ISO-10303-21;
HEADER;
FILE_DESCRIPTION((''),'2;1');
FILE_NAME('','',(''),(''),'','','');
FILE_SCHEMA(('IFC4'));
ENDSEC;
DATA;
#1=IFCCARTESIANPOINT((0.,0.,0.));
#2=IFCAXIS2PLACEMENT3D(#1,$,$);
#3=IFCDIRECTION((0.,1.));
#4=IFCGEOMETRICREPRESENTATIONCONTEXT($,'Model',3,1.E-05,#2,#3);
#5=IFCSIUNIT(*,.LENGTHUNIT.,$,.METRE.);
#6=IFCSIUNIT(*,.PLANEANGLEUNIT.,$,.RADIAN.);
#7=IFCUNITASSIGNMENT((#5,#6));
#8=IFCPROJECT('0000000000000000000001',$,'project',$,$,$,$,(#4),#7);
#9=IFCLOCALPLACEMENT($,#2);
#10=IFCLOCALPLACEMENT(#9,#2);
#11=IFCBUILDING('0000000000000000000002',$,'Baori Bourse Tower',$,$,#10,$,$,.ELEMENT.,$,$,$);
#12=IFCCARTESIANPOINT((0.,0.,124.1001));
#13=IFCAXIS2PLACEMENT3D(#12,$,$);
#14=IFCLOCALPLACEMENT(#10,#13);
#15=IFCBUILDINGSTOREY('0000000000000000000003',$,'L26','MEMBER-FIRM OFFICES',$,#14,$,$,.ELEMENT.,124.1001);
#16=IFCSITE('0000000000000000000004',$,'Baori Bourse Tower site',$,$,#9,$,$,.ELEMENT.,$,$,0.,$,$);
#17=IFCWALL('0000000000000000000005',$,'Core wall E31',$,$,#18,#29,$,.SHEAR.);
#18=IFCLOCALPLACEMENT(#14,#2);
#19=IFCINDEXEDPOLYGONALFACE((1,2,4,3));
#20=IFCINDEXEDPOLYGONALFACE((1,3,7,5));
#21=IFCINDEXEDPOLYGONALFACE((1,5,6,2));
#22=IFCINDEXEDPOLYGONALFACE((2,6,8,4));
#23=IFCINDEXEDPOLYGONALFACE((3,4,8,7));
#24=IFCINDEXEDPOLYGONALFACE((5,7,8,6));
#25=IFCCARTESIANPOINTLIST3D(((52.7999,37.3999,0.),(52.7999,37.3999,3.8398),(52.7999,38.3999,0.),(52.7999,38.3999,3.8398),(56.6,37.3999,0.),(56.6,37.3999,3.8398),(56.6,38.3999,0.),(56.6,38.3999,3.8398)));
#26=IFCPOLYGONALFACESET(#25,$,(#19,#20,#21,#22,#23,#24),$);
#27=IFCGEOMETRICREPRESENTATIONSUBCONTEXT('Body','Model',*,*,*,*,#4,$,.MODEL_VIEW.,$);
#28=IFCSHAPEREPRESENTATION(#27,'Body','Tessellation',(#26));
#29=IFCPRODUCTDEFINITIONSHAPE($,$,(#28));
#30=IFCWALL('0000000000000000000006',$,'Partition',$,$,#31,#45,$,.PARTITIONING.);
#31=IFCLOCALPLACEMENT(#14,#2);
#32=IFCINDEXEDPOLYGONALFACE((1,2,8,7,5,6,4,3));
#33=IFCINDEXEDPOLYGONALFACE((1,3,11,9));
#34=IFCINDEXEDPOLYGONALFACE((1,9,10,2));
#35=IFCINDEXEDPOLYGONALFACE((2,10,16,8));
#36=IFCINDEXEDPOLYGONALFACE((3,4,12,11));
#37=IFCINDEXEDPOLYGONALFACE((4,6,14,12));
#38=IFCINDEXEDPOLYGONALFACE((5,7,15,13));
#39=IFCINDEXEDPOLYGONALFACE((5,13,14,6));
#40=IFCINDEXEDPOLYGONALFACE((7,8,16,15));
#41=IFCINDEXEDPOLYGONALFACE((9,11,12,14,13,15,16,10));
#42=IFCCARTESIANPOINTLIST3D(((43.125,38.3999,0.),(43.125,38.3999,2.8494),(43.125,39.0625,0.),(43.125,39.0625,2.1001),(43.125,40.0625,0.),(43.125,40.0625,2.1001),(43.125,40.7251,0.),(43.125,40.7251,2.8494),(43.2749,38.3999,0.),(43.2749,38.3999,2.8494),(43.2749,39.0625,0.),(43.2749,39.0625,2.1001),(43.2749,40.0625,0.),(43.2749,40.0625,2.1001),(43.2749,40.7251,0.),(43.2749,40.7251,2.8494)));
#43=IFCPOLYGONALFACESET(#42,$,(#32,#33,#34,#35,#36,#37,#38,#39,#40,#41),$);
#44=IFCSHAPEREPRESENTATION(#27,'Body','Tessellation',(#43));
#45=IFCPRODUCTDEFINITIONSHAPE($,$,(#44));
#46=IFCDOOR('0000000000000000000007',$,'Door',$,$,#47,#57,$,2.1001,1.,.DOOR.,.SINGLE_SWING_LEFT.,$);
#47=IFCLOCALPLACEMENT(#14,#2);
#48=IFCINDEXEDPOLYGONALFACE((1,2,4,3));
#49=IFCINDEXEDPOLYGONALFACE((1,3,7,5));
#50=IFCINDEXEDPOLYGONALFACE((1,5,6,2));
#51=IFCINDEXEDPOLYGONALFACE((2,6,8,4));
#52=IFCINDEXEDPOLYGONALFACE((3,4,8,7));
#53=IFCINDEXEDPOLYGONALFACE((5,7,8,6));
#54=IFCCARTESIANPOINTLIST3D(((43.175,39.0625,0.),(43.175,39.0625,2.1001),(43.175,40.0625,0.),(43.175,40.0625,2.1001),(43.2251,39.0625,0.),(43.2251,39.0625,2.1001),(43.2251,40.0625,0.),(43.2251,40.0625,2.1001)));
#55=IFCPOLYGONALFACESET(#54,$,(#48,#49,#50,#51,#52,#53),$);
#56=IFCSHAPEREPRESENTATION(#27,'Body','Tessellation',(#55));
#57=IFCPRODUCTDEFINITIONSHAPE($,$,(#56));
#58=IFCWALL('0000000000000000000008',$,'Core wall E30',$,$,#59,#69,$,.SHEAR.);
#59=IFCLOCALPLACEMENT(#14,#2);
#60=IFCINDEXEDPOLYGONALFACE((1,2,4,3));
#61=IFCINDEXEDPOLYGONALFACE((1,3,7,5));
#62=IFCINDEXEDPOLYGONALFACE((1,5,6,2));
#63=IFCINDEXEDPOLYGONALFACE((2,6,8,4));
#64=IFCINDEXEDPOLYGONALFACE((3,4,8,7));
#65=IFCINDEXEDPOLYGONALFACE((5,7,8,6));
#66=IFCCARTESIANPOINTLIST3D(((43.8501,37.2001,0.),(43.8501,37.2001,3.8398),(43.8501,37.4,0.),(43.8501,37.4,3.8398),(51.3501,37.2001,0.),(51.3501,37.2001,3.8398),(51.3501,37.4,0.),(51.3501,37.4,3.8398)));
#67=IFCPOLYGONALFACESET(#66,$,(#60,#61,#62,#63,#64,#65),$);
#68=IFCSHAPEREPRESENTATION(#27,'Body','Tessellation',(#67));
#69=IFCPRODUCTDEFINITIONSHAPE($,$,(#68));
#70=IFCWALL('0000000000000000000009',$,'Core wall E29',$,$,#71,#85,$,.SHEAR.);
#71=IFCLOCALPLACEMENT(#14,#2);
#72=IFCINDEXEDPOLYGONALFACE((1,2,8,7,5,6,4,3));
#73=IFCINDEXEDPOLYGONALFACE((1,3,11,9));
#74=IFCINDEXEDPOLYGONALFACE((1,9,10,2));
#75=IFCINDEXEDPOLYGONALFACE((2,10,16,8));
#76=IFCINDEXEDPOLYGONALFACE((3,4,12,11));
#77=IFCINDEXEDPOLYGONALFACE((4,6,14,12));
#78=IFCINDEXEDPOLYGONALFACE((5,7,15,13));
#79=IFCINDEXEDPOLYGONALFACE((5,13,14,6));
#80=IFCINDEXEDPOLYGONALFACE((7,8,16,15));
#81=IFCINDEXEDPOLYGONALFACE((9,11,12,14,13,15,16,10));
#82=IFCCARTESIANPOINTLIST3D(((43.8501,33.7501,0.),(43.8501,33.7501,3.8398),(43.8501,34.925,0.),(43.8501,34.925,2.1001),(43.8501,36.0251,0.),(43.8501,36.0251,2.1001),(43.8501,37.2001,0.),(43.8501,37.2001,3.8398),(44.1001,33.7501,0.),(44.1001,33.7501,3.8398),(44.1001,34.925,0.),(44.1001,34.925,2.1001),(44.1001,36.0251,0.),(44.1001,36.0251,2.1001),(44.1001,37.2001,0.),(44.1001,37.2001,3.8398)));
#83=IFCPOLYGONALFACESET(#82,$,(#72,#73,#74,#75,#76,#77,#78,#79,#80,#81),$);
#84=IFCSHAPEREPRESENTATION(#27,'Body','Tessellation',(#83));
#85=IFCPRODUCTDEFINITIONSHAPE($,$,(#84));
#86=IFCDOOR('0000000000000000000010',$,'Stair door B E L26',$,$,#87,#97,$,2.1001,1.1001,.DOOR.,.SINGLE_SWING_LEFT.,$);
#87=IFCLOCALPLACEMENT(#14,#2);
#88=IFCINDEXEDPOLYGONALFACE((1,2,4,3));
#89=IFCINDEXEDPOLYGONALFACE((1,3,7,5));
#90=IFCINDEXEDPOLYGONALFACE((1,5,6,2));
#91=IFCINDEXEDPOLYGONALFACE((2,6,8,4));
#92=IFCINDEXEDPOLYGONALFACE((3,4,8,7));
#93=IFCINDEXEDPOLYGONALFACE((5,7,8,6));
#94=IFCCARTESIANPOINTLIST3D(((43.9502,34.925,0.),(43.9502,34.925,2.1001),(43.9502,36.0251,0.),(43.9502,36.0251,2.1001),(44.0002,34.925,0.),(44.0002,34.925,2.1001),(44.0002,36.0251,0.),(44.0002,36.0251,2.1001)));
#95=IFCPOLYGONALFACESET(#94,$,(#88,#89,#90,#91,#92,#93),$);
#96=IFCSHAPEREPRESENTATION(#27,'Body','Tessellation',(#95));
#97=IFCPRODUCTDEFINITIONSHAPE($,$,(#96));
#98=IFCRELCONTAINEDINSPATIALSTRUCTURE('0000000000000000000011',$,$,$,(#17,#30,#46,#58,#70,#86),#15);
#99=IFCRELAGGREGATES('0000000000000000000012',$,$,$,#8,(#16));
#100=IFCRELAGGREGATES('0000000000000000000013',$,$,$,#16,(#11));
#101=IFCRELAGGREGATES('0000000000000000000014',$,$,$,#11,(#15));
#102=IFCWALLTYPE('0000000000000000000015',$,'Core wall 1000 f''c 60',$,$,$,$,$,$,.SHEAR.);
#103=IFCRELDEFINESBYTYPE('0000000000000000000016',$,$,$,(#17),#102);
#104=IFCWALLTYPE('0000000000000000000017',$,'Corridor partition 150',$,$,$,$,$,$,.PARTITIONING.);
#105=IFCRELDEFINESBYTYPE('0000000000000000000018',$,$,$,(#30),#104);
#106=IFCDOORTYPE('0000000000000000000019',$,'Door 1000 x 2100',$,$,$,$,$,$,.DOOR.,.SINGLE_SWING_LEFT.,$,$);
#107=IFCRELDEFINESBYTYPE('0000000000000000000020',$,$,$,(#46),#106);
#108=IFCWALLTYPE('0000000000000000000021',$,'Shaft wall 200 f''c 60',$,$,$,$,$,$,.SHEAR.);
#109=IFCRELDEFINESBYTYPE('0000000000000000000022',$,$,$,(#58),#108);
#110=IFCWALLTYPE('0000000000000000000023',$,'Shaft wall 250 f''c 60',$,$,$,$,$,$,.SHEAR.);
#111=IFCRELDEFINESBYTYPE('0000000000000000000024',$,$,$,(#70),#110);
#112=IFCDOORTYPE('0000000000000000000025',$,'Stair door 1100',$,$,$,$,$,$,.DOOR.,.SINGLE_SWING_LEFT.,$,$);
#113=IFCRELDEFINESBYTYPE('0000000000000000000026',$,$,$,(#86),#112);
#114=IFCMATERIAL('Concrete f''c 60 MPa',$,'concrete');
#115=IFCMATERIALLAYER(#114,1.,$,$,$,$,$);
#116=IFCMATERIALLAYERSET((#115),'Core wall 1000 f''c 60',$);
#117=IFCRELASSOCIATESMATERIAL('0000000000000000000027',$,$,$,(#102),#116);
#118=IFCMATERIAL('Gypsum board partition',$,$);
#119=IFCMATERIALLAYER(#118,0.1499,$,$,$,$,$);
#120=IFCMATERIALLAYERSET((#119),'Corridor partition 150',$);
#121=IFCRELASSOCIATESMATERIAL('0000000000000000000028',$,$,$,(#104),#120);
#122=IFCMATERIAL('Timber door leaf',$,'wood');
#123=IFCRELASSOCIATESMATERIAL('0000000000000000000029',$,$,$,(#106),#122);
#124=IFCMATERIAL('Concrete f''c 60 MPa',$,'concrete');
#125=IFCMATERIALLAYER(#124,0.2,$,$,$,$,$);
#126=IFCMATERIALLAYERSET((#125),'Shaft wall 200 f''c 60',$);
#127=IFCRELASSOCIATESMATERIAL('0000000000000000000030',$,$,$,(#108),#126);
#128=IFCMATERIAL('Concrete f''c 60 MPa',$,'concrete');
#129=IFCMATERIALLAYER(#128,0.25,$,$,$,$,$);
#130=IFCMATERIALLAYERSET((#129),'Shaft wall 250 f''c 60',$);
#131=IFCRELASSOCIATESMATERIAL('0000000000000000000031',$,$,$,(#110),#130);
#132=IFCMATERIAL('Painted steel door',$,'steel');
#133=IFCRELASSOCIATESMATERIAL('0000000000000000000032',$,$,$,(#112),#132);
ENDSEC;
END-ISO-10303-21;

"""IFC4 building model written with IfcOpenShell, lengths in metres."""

from ifc_helpers import new_model, si_unit, direction, frame, frame_2d, origin, place, context, subcontext, project, spatial, rectangle, extrude, material, layer, layer_set, type_object, element, fill, save


model = new_model("IFC4")

# Units and contexts
model_context = context("Model", 3, precision=1e-05, world=origin(), true_north=direction((0.0, 1.0)))
body_context = subcontext(model_context, "Body", "Model", "MODEL_VIEW")
ifc_project = project(units=[si_unit("LENGTHUNIT", "METRE"), si_unit("PLANEANGLEUNIT", "RADIAN")], contexts=[model_context])

# Site, building, storey
site_placement = place(None, origin())
site = spatial("IfcSite", under=ifc_project, at=site_placement, Name="Baori Bourse Tower site", CompositionType="ELEMENT", RefElevation=0.0)
building_placement = place(site_placement, origin())
building = spatial("IfcBuilding", under=site, at=building_placement, Name="Baori Bourse Tower", CompositionType="ELEMENT")
storey_placement = place(building_placement, frame((0.0, 0.0, 124.1001)))
storey = spatial("IfcBuildingStorey", under=building, at=storey_placement, Name="L26", Description="MEMBER-FIRM OFFICES", CompositionType="ELEMENT", Elevation=124.1001)

# Wall
ifc_material_1 = material(Name="Concrete f'c 60 MPa", Category="concrete")
ifc_layer_1 = layer(ifc_material_1, 1.0)
ifc_layer_set_1 = layer_set([ifc_layer_1], Name="Core wall 1000 f'c 60")
wall_type_1 = type_object("IfcWallType", Name="Core wall 1000 f'c 60", PredefinedType="SHEAR", material=ifc_layer_set_1)
wall_1_placement = place(storey_placement, frame((52.8, 37.8999, 0.0), z_axis=(0.0, 0.0, 1.0), x_axis=(1.0, 0.0, 0.0)))
element("IfcWall", 1, at=wall_1_placement, inside=storey, type_object=wall_type_1, Name="Core wall E31", PredefinedType="SHEAR", context=body_context, shape_type="SweptSolid", body=[
    extrude(rectangle(XDim=3.8, YDim=1.0, at=frame_2d((1.8999, 0.0))), origin(), (0.0, 0.0, 1.0), 3.8398),
])

# Wall, opening, door
ifc_material_2 = material(Name="Gypsum board partition")
ifc_layer_2 = layer(ifc_material_2, 0.1499)
ifc_layer_set_2 = layer_set([ifc_layer_2], Name="Corridor partition 150")
wall_type_2 = type_object("IfcWallType", Name="Corridor partition 150", PredefinedType="PARTITIONING", material=ifc_layer_set_2)
wall_2_placement = place(storey_placement, frame((43.2, 38.3999, 0.0), z_axis=(0.0, 0.0, 1.0), x_axis=(0.0, 1.0, 0.0)))
wall_2 = element("IfcWall", 2, at=wall_2_placement, inside=storey, type_object=wall_type_2, Name="Partition", PredefinedType="PARTITIONING", context=body_context, shape_type="SweptSolid", body=[
    extrude(rectangle(XDim=2.3252, YDim=0.1499, at=frame_2d((1.1626, 0.0))), origin(), (0.0, 0.0, 1.0), 2.8494),
])
opening_1_placement = place(wall_2_placement, frame((0.6626, 0.0, 0.0)))
opening_1 = element("IfcOpeningElement", 3, at=opening_1_placement, cuts=wall_2, PredefinedType="OPENING", context=body_context, shape_type="SweptSolid", body=[
    extrude(rectangle(XDim=1.0, YDim=2.1001, at=frame_2d((0.5, 1.05))), frame((0.0, 0.085, 0.0), z_axis=(0.0, -1.0, 0.0), x_axis=(1.0, 0.0, 0.0)), (0.0, 0.0, 1.0), 0.1699),
])
ifc_material_3 = material(Name="Timber door leaf", Category="wood")
door_type_1 = type_object("IfcDoorType", Name="Door 1000 x 2100", OperationType="SINGLE_SWING_LEFT", PredefinedType="DOOR", material=ifc_material_3)
door_1_placement = place(opening_1_placement, origin())
door_1 = element("IfcDoor", 4, at=door_1_placement, inside=storey, type_object=door_type_1, Name="Door", OperationType="SINGLE_SWING_LEFT", OverallHeight=2.1001, OverallWidth=1.0, PredefinedType="DOOR", context=body_context, shape_type="SweptSolid", body=[
    extrude(rectangle(XDim=1.0, YDim=2.1001, at=frame_2d((0.5, 1.05))), frame((0.0, 0.0249, 0.0), z_axis=(0.0, -1.0, 0.0), x_axis=(1.0, 0.0, 0.0)), (0.0, 0.0, 1.0), 0.05),
])
fill(opening_1, door_1)

# Wall
ifc_material_4 = material(Name="Concrete f'c 60 MPa", Category="concrete")
ifc_layer_3 = layer(ifc_material_4, 0.2)
ifc_layer_set_3 = layer_set([ifc_layer_3], Name="Shaft wall 200 f'c 60")
wall_type_3 = type_object("IfcWallType", Name="Shaft wall 200 f'c 60", PredefinedType="SHEAR", material=ifc_layer_set_3)
wall_3_placement = place(storey_placement, frame((43.8501, 37.3, 0.0), z_axis=(0.0, 0.0, 1.0), x_axis=(1.0, 0.0, 0.0)))
element("IfcWall", 5, at=wall_3_placement, inside=storey, type_object=wall_type_3, Name="Core wall E30", PredefinedType="SHEAR", context=body_context, shape_type="SweptSolid", body=[
    extrude(rectangle(XDim=7.5, YDim=0.2, at=frame_2d((3.75, 0.0))), origin(), (0.0, 0.0, 1.0), 3.8398),
])

# Wall, opening, door
ifc_material_5 = material(Name="Concrete f'c 60 MPa", Category="concrete")
ifc_layer_4 = layer(ifc_material_5, 0.25)
ifc_layer_set_4 = layer_set([ifc_layer_4], Name="Shaft wall 250 f'c 60")
wall_type_4 = type_object("IfcWallType", Name="Shaft wall 250 f'c 60", PredefinedType="SHEAR", material=ifc_layer_set_4)
wall_4_placement = place(storey_placement, frame((43.9751, 33.75, 0.0), z_axis=(0.0, 0.0, 1.0), x_axis=(0.0, 1.0, 0.0)))
wall_4 = element("IfcWall", 6, at=wall_4_placement, inside=storey, type_object=wall_type_4, Name="Core wall E29", PredefinedType="SHEAR", context=body_context, shape_type="SweptSolid", body=[
    extrude(rectangle(XDim=3.45, YDim=0.25, at=frame_2d((1.7251, 0.0))), origin(), (0.0, 0.0, 1.0), 3.8398),
])
opening_2_placement = place(wall_4_placement, frame((1.175, 0.0, 0.0)))
opening_2 = element("IfcOpeningElement", 7, at=opening_2_placement, cuts=wall_4, PredefinedType="OPENING", context=body_context, shape_type="SweptSolid", body=[
    extrude(rectangle(XDim=1.1001, YDim=2.1001, at=frame_2d((0.55, 1.05))), frame((0.0, 0.135, 0.0), z_axis=(0.0, -1.0, 0.0), x_axis=(1.0, 0.0, 0.0)), (0.0, 0.0, 1.0), 0.27),
])
ifc_material_6 = material(Name="Painted steel door", Category="steel")
door_type_2 = type_object("IfcDoorType", Name="Stair door 1100", OperationType="SINGLE_SWING_LEFT", PredefinedType="DOOR", material=ifc_material_6)
door_2_placement = place(opening_2_placement, origin())
door_2 = element("IfcDoor", 8, at=door_2_placement, inside=storey, type_object=door_type_2, Name="Stair door B E L26", OperationType="SINGLE_SWING_LEFT", OverallHeight=2.1001, OverallWidth=1.1001, PredefinedType="DOOR", context=body_context, shape_type="SweptSolid", body=[
    extrude(rectangle(XDim=1.1001, YDim=2.1001, at=frame_2d((0.55, 1.05))), frame((0.0, 0.0249, 0.0), z_axis=(0.0, -1.0, 0.0), x_axis=(1.0, 0.0, 0.0)), (0.0, 0.0, 1.0), 0.05),
])
fill(opening_2, door_2)

save(model, "model.ifc")
